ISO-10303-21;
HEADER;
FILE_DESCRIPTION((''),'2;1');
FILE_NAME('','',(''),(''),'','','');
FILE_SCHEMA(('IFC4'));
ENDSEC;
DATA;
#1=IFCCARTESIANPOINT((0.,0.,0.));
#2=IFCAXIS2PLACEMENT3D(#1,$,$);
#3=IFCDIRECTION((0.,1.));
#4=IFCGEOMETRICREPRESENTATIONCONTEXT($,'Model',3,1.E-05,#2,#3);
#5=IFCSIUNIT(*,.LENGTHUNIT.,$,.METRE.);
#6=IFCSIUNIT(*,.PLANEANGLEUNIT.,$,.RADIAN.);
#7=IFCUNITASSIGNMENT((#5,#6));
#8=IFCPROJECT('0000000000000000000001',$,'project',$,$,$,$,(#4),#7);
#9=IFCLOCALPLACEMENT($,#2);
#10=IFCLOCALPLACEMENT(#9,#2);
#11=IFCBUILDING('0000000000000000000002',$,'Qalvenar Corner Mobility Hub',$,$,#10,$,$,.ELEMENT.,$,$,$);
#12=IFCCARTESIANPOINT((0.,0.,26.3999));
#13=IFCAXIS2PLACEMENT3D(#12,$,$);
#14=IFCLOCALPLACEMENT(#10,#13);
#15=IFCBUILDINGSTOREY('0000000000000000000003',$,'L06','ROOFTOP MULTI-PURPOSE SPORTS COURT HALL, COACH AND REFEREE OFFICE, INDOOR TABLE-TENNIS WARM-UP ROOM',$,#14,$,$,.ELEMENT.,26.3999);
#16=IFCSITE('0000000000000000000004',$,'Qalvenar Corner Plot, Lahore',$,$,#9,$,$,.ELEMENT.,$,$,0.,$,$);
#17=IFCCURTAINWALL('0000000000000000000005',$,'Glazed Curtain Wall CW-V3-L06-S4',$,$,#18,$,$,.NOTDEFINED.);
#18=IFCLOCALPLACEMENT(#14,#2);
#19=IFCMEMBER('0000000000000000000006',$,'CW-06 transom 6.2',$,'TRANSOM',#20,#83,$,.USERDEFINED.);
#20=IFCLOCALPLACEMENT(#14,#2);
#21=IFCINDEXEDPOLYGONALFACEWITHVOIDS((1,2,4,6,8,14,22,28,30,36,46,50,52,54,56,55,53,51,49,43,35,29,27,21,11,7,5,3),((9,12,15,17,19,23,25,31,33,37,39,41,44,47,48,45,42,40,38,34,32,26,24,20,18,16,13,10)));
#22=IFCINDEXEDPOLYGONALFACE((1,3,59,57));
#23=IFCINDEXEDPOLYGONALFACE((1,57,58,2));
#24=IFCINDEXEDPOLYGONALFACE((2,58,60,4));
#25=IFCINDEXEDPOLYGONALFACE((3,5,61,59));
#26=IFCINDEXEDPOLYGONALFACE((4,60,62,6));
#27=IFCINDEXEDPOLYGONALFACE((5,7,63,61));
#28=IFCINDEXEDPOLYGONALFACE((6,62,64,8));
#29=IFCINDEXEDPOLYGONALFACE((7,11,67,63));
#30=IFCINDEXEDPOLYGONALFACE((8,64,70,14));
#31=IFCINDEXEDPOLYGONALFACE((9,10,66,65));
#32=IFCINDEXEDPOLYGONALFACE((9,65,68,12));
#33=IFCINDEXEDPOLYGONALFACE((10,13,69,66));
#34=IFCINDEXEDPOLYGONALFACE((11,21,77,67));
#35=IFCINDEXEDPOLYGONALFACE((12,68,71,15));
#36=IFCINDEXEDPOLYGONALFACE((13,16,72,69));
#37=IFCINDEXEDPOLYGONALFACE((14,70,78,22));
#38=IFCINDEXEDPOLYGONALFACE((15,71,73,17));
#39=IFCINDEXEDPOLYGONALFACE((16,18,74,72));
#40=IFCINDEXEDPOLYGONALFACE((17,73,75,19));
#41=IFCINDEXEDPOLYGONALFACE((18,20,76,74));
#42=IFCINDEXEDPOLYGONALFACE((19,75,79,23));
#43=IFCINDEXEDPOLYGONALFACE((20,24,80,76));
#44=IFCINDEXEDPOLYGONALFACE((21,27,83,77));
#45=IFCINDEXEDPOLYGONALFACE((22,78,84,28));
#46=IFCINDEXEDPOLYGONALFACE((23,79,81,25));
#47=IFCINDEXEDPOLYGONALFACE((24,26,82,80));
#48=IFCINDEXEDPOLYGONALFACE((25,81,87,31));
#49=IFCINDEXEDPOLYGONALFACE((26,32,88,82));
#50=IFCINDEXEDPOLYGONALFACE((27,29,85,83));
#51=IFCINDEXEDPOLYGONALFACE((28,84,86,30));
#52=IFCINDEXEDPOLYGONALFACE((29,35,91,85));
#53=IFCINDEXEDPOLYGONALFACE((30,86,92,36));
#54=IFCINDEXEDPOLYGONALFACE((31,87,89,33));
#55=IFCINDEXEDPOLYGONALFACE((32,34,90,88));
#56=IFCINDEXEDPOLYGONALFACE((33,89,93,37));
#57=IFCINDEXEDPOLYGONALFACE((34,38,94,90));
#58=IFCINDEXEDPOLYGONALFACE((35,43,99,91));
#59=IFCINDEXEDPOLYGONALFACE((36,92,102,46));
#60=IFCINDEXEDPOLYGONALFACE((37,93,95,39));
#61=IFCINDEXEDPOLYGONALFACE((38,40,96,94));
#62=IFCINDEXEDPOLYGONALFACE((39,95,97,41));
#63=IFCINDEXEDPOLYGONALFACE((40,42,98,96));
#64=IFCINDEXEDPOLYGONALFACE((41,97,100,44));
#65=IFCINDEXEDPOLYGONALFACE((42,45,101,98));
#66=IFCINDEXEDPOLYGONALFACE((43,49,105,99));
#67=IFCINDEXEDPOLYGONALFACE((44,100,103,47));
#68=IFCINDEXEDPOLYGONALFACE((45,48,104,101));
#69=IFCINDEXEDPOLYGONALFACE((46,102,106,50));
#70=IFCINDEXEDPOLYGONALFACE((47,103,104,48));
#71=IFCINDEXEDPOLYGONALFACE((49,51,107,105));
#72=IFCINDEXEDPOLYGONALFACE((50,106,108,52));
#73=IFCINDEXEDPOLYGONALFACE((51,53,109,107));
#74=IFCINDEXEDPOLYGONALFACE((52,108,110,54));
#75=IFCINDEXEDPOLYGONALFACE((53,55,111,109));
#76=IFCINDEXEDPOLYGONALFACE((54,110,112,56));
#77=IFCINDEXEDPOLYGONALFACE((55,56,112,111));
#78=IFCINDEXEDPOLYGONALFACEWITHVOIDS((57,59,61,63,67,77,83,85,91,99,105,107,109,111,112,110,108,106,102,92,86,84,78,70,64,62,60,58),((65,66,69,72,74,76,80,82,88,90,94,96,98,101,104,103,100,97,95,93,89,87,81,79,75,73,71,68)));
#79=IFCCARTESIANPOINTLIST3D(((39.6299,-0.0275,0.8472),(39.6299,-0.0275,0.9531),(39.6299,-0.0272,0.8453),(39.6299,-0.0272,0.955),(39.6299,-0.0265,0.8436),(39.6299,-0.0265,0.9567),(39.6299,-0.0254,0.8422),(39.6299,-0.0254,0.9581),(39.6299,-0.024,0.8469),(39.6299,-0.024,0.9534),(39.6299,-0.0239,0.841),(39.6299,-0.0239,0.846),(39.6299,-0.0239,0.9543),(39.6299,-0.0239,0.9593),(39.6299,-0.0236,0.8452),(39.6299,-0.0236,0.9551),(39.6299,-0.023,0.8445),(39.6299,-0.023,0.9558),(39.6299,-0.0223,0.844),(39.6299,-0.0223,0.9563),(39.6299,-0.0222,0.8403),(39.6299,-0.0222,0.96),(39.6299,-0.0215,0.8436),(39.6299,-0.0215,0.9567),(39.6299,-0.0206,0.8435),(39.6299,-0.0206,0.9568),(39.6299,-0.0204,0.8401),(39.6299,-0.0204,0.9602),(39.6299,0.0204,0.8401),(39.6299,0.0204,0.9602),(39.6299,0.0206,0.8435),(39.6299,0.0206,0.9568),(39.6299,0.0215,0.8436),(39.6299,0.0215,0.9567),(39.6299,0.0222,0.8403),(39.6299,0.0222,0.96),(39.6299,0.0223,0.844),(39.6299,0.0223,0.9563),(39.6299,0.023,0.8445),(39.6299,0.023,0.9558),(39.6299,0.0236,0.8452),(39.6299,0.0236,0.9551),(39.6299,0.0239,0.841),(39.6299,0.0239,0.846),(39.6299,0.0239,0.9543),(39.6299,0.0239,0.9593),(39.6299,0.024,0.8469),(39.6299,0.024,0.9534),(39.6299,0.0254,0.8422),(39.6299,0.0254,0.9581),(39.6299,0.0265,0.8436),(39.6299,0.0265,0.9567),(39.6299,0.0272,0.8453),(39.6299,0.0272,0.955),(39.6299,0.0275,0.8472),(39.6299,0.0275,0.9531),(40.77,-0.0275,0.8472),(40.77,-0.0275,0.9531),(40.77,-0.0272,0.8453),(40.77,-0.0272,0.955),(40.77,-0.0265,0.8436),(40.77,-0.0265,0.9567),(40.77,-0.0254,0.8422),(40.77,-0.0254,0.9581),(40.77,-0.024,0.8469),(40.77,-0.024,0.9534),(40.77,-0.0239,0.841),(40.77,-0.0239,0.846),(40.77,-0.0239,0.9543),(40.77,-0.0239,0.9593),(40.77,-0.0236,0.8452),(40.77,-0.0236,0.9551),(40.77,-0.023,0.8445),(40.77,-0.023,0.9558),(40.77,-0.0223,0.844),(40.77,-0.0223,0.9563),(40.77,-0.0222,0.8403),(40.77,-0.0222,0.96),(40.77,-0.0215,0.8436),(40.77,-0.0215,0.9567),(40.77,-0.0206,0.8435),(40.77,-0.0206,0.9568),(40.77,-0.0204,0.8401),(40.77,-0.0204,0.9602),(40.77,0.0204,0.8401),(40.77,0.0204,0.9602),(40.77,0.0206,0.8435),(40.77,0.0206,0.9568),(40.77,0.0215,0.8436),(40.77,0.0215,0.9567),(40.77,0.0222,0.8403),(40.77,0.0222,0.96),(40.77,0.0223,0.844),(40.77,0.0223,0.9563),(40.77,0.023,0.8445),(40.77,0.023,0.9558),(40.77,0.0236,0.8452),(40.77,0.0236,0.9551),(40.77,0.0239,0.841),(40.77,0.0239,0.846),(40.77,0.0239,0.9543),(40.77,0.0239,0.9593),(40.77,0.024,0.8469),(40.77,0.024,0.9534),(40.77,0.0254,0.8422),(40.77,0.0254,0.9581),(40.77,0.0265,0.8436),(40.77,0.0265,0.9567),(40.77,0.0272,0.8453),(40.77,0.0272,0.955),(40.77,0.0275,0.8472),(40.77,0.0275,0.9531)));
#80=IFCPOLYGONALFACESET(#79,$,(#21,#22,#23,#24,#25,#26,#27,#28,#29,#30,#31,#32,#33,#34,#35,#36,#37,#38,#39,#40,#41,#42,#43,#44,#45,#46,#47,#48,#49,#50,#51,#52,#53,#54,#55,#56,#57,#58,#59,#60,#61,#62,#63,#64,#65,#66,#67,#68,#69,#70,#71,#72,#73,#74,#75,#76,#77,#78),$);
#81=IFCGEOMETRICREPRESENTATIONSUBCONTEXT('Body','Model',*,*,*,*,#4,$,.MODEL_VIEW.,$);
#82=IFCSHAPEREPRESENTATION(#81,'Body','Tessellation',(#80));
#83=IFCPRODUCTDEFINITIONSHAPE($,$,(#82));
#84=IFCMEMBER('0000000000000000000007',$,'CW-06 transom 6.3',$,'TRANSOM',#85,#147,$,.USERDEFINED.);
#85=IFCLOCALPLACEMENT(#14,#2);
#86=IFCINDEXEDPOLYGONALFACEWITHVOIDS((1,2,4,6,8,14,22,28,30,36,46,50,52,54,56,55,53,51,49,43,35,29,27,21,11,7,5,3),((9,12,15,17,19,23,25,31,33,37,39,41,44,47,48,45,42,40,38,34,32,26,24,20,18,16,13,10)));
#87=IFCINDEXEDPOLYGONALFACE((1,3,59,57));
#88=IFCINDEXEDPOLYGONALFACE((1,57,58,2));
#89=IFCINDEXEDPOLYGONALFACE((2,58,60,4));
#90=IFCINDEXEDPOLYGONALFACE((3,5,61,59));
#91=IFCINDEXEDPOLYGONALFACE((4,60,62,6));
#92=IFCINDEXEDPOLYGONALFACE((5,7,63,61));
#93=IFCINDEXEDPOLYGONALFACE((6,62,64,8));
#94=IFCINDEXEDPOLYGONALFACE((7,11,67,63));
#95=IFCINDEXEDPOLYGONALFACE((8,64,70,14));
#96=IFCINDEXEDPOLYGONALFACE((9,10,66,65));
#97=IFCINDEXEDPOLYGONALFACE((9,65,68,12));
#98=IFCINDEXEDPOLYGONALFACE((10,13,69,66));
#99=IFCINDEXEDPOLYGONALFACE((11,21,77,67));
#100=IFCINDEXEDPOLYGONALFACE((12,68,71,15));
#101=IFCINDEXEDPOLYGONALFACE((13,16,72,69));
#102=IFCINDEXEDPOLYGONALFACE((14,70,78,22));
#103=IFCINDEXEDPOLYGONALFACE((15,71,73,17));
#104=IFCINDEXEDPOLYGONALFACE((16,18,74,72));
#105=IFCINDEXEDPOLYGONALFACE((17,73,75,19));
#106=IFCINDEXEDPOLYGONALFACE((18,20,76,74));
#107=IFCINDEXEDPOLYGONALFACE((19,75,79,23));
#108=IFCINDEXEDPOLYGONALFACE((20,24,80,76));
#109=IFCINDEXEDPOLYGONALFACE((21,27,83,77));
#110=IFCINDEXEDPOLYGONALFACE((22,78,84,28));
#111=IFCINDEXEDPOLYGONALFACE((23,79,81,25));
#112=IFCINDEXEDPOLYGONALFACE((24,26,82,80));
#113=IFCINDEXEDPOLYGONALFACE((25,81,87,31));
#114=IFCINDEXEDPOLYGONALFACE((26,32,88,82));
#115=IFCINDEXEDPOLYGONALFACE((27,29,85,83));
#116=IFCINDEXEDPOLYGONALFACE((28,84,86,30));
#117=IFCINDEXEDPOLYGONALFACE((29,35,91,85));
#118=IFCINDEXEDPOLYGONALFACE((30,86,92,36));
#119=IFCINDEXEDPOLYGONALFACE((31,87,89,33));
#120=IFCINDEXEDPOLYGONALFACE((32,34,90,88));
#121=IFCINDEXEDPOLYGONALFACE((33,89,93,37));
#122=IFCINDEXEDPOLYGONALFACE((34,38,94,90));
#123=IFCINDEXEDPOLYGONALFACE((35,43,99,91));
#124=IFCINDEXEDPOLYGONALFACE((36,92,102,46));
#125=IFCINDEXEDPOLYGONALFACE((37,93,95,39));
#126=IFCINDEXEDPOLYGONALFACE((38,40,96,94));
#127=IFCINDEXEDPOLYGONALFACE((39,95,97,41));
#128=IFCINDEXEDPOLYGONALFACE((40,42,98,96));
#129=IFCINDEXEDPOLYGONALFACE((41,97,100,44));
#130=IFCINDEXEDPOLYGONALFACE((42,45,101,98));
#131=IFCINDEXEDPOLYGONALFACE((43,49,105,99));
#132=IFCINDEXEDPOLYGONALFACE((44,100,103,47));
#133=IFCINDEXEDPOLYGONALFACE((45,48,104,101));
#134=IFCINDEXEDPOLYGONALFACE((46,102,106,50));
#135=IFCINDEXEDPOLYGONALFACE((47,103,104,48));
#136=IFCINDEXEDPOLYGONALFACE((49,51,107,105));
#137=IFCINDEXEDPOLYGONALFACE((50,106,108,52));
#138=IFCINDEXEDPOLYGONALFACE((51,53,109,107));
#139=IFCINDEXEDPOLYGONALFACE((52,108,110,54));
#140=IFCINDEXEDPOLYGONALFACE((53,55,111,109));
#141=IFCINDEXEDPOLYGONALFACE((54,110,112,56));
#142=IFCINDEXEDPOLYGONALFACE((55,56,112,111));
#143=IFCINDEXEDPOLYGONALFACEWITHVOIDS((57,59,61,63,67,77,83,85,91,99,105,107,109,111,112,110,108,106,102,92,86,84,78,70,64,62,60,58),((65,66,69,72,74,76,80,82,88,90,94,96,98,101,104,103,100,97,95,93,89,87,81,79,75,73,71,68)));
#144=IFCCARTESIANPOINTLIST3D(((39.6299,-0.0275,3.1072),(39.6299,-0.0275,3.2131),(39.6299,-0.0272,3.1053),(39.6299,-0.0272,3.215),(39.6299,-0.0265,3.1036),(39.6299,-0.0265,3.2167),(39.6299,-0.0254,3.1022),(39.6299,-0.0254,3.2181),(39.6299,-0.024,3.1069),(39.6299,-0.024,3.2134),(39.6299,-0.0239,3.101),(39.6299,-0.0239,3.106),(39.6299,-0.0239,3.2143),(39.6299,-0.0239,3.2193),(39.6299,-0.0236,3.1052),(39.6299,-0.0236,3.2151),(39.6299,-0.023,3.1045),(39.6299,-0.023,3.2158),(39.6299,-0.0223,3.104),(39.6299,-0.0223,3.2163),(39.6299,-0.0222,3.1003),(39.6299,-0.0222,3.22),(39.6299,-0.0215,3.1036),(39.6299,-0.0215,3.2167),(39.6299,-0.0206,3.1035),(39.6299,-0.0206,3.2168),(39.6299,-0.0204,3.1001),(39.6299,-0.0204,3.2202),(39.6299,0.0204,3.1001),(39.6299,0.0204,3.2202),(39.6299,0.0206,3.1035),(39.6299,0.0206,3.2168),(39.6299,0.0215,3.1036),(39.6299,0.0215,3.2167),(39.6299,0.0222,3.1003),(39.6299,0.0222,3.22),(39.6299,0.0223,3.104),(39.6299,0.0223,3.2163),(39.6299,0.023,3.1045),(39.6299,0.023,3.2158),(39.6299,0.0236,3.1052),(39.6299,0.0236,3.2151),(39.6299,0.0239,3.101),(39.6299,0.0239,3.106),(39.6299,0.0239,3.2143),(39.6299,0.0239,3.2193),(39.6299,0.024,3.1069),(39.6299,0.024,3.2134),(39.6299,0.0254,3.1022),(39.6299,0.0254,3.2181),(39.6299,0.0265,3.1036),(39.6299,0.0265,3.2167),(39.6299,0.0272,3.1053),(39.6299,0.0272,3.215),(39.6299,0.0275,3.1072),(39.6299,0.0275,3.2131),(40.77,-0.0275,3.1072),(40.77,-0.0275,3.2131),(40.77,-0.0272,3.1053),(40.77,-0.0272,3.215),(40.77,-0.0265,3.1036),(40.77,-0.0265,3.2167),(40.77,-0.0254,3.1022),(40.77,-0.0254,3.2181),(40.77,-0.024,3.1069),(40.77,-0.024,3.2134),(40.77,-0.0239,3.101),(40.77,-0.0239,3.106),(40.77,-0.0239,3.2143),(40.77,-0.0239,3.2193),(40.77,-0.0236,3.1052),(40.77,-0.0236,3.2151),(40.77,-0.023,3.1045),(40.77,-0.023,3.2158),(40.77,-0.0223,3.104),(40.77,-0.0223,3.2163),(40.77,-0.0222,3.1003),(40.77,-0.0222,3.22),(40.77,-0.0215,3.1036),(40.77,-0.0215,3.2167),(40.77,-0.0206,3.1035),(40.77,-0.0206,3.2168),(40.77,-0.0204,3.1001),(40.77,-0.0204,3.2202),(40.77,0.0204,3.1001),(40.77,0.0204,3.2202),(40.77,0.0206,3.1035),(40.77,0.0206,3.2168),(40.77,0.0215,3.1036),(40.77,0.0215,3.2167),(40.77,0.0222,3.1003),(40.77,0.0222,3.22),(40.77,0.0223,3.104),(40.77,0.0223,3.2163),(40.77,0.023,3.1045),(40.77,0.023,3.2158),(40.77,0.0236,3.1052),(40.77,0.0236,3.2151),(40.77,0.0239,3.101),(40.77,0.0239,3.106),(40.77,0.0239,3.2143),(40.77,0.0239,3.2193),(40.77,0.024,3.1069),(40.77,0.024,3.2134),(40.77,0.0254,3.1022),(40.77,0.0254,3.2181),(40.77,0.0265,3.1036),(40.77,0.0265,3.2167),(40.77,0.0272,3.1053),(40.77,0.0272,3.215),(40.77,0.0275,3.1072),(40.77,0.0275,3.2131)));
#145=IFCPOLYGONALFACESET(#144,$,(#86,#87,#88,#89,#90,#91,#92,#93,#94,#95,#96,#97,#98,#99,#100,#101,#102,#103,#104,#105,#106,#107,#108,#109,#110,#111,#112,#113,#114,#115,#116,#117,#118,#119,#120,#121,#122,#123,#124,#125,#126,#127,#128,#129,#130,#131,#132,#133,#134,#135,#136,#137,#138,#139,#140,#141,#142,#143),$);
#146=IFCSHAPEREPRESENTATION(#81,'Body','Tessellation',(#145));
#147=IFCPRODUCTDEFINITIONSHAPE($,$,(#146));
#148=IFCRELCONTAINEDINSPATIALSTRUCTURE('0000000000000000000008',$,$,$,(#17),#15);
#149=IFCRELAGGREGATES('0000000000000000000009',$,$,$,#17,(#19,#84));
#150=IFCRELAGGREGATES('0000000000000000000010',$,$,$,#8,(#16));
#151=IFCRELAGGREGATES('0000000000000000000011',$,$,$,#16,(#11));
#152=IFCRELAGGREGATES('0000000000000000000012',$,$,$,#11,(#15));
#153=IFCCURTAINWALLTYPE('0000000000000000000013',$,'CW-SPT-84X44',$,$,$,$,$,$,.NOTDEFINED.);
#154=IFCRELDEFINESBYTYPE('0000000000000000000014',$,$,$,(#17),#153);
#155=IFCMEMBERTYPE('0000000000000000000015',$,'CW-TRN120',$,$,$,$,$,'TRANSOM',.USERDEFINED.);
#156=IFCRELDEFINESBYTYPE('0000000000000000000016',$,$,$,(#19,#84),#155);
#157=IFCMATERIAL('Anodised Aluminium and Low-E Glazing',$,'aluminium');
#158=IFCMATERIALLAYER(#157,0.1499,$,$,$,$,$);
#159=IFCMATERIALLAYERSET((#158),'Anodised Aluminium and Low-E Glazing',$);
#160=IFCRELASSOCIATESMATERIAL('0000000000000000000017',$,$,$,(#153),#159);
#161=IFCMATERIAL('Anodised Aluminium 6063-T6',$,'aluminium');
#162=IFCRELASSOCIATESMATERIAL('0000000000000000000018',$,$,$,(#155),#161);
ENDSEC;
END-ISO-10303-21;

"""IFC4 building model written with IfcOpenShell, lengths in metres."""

from ifc_helpers import new_model, si_unit, direction, frame, origin, origin_2d, place, context, subcontext, project, spatial, hollow_rectangle, extrude, material, layer, layer_set, material_profile, profile_set, type_object, element, aggregate, save


model = new_model("IFC4")

# Units and contexts
model_context = context("Model", 3, precision=1e-05, world=origin(), true_north=direction((0.0, 1.0)))
body_context = subcontext(model_context, "Body", "Model", "MODEL_VIEW")
ifc_project = project(units=[si_unit("LENGTHUNIT", "METRE"), si_unit("PLANEANGLEUNIT", "RADIAN")], contexts=[model_context])

# Site, building, storey
site_placement = place(None, origin())
site = spatial("IfcSite", under=ifc_project, at=site_placement, Name="Qalvenar Corner Plot, Lahore", CompositionType="ELEMENT", RefElevation=0.0)
building_placement = place(site_placement, origin())
building = spatial("IfcBuilding", under=site, at=building_placement, Name="Qalvenar Corner Mobility Hub", CompositionType="ELEMENT")
storey_placement = place(building_placement, frame((0.0, 0.0, 26.3999)))
storey = spatial("IfcBuildingStorey", under=building, at=storey_placement, Name="L06", Description="ROOFTOP MULTI-PURPOSE SPORTS COURT HALL, COACH AND REFEREE OFFICE, INDOOR TABLE-TENNIS WARM-UP ROOM", CompositionType="ELEMENT", Elevation=26.3999)

# Curtain wall
ifc_material_1 = material(Name="Anodised Aluminium and Low-E Glazing", Category="aluminium")
ifc_material_2 = material(Name="Anodised Aluminium 6063-T6", Category="aluminium")
ifc_layer_1 = layer(ifc_material_1, 0.1499)
ifc_layer_set_1 = layer_set([ifc_layer_1], Name="Anodised Aluminium and Low-E Glazing")
curtain_wall_type_1 = type_object("IfcCurtainWallType", Name="CW-SPT-84X44", PredefinedType="NOTDEFINED", material=ifc_layer_set_1)
curtain_wall_1_placement = place(storey_placement, origin())
curtain_wall_1 = element("IfcCurtainWall", 1, at=curtain_wall_1_placement, inside=storey, type_object=curtain_wall_type_1, Name="Glazed Curtain Wall CW-V3-L06-S4", PredefinedType="NOTDEFINED")

# Members
ifc_material_profile_1 = material_profile(ifc_material_2, hollow_rectangle(XDim=0.0549, YDim=0.1201, WallThickness=0.0034, InnerFilletRadius=0.0034, OuterFilletRadius=0.0071, at=origin_2d()), Name="RHS120x55x3.5")
ifc_profile_set_1 = profile_set([ifc_material_profile_1], Name="Anodised Aluminium 6063-T6")
member_type_1 = type_object("IfcMemberType", Name="CW-TRN120", ElementType="TRANSOM", PredefinedType="USERDEFINED", material=ifc_profile_set_1)
member_1_placement = place(storey_placement, frame((39.6299, 0.0, 0.9001), z_axis=(1.0, 0.0, 0.0), x_axis=(0.0, 1.0, 0.0)))
member_1 = element("IfcMember", 2, at=member_1_placement, type_object=member_type_1, Name="CW-06 transom 6.2", ObjectType="TRANSOM", PredefinedType="USERDEFINED", context=body_context, shape_type="SweptSolid", body=[
    extrude(hollow_rectangle(XDim=0.0549, YDim=0.1201, WallThickness=0.0034, InnerFilletRadius=0.0034, OuterFilletRadius=0.0071, at=origin_2d()), origin(), (0.0, 0.0, 1.0), 1.1401),
])
member_2_placement = place(storey_placement, frame((39.6299, 0.0, 3.1602), z_axis=(1.0, 0.0, 0.0), x_axis=(0.0, 1.0, 0.0)))
member_2 = element("IfcMember", 3, at=member_2_placement, type_object=member_type_1, Name="CW-06 transom 6.3", ObjectType="TRANSOM", PredefinedType="USERDEFINED", context=body_context, shape_type="SweptSolid", body=[
    extrude(hollow_rectangle(XDim=0.0549, YDim=0.1201, WallThickness=0.0034, InnerFilletRadius=0.0034, OuterFilletRadius=0.0071, at=origin_2d()), origin(), (0.0, 0.0, 1.0), 1.1401),
])

aggregate(curtain_wall_1, [member_1, member_2])

save(model, "model.ifc")
